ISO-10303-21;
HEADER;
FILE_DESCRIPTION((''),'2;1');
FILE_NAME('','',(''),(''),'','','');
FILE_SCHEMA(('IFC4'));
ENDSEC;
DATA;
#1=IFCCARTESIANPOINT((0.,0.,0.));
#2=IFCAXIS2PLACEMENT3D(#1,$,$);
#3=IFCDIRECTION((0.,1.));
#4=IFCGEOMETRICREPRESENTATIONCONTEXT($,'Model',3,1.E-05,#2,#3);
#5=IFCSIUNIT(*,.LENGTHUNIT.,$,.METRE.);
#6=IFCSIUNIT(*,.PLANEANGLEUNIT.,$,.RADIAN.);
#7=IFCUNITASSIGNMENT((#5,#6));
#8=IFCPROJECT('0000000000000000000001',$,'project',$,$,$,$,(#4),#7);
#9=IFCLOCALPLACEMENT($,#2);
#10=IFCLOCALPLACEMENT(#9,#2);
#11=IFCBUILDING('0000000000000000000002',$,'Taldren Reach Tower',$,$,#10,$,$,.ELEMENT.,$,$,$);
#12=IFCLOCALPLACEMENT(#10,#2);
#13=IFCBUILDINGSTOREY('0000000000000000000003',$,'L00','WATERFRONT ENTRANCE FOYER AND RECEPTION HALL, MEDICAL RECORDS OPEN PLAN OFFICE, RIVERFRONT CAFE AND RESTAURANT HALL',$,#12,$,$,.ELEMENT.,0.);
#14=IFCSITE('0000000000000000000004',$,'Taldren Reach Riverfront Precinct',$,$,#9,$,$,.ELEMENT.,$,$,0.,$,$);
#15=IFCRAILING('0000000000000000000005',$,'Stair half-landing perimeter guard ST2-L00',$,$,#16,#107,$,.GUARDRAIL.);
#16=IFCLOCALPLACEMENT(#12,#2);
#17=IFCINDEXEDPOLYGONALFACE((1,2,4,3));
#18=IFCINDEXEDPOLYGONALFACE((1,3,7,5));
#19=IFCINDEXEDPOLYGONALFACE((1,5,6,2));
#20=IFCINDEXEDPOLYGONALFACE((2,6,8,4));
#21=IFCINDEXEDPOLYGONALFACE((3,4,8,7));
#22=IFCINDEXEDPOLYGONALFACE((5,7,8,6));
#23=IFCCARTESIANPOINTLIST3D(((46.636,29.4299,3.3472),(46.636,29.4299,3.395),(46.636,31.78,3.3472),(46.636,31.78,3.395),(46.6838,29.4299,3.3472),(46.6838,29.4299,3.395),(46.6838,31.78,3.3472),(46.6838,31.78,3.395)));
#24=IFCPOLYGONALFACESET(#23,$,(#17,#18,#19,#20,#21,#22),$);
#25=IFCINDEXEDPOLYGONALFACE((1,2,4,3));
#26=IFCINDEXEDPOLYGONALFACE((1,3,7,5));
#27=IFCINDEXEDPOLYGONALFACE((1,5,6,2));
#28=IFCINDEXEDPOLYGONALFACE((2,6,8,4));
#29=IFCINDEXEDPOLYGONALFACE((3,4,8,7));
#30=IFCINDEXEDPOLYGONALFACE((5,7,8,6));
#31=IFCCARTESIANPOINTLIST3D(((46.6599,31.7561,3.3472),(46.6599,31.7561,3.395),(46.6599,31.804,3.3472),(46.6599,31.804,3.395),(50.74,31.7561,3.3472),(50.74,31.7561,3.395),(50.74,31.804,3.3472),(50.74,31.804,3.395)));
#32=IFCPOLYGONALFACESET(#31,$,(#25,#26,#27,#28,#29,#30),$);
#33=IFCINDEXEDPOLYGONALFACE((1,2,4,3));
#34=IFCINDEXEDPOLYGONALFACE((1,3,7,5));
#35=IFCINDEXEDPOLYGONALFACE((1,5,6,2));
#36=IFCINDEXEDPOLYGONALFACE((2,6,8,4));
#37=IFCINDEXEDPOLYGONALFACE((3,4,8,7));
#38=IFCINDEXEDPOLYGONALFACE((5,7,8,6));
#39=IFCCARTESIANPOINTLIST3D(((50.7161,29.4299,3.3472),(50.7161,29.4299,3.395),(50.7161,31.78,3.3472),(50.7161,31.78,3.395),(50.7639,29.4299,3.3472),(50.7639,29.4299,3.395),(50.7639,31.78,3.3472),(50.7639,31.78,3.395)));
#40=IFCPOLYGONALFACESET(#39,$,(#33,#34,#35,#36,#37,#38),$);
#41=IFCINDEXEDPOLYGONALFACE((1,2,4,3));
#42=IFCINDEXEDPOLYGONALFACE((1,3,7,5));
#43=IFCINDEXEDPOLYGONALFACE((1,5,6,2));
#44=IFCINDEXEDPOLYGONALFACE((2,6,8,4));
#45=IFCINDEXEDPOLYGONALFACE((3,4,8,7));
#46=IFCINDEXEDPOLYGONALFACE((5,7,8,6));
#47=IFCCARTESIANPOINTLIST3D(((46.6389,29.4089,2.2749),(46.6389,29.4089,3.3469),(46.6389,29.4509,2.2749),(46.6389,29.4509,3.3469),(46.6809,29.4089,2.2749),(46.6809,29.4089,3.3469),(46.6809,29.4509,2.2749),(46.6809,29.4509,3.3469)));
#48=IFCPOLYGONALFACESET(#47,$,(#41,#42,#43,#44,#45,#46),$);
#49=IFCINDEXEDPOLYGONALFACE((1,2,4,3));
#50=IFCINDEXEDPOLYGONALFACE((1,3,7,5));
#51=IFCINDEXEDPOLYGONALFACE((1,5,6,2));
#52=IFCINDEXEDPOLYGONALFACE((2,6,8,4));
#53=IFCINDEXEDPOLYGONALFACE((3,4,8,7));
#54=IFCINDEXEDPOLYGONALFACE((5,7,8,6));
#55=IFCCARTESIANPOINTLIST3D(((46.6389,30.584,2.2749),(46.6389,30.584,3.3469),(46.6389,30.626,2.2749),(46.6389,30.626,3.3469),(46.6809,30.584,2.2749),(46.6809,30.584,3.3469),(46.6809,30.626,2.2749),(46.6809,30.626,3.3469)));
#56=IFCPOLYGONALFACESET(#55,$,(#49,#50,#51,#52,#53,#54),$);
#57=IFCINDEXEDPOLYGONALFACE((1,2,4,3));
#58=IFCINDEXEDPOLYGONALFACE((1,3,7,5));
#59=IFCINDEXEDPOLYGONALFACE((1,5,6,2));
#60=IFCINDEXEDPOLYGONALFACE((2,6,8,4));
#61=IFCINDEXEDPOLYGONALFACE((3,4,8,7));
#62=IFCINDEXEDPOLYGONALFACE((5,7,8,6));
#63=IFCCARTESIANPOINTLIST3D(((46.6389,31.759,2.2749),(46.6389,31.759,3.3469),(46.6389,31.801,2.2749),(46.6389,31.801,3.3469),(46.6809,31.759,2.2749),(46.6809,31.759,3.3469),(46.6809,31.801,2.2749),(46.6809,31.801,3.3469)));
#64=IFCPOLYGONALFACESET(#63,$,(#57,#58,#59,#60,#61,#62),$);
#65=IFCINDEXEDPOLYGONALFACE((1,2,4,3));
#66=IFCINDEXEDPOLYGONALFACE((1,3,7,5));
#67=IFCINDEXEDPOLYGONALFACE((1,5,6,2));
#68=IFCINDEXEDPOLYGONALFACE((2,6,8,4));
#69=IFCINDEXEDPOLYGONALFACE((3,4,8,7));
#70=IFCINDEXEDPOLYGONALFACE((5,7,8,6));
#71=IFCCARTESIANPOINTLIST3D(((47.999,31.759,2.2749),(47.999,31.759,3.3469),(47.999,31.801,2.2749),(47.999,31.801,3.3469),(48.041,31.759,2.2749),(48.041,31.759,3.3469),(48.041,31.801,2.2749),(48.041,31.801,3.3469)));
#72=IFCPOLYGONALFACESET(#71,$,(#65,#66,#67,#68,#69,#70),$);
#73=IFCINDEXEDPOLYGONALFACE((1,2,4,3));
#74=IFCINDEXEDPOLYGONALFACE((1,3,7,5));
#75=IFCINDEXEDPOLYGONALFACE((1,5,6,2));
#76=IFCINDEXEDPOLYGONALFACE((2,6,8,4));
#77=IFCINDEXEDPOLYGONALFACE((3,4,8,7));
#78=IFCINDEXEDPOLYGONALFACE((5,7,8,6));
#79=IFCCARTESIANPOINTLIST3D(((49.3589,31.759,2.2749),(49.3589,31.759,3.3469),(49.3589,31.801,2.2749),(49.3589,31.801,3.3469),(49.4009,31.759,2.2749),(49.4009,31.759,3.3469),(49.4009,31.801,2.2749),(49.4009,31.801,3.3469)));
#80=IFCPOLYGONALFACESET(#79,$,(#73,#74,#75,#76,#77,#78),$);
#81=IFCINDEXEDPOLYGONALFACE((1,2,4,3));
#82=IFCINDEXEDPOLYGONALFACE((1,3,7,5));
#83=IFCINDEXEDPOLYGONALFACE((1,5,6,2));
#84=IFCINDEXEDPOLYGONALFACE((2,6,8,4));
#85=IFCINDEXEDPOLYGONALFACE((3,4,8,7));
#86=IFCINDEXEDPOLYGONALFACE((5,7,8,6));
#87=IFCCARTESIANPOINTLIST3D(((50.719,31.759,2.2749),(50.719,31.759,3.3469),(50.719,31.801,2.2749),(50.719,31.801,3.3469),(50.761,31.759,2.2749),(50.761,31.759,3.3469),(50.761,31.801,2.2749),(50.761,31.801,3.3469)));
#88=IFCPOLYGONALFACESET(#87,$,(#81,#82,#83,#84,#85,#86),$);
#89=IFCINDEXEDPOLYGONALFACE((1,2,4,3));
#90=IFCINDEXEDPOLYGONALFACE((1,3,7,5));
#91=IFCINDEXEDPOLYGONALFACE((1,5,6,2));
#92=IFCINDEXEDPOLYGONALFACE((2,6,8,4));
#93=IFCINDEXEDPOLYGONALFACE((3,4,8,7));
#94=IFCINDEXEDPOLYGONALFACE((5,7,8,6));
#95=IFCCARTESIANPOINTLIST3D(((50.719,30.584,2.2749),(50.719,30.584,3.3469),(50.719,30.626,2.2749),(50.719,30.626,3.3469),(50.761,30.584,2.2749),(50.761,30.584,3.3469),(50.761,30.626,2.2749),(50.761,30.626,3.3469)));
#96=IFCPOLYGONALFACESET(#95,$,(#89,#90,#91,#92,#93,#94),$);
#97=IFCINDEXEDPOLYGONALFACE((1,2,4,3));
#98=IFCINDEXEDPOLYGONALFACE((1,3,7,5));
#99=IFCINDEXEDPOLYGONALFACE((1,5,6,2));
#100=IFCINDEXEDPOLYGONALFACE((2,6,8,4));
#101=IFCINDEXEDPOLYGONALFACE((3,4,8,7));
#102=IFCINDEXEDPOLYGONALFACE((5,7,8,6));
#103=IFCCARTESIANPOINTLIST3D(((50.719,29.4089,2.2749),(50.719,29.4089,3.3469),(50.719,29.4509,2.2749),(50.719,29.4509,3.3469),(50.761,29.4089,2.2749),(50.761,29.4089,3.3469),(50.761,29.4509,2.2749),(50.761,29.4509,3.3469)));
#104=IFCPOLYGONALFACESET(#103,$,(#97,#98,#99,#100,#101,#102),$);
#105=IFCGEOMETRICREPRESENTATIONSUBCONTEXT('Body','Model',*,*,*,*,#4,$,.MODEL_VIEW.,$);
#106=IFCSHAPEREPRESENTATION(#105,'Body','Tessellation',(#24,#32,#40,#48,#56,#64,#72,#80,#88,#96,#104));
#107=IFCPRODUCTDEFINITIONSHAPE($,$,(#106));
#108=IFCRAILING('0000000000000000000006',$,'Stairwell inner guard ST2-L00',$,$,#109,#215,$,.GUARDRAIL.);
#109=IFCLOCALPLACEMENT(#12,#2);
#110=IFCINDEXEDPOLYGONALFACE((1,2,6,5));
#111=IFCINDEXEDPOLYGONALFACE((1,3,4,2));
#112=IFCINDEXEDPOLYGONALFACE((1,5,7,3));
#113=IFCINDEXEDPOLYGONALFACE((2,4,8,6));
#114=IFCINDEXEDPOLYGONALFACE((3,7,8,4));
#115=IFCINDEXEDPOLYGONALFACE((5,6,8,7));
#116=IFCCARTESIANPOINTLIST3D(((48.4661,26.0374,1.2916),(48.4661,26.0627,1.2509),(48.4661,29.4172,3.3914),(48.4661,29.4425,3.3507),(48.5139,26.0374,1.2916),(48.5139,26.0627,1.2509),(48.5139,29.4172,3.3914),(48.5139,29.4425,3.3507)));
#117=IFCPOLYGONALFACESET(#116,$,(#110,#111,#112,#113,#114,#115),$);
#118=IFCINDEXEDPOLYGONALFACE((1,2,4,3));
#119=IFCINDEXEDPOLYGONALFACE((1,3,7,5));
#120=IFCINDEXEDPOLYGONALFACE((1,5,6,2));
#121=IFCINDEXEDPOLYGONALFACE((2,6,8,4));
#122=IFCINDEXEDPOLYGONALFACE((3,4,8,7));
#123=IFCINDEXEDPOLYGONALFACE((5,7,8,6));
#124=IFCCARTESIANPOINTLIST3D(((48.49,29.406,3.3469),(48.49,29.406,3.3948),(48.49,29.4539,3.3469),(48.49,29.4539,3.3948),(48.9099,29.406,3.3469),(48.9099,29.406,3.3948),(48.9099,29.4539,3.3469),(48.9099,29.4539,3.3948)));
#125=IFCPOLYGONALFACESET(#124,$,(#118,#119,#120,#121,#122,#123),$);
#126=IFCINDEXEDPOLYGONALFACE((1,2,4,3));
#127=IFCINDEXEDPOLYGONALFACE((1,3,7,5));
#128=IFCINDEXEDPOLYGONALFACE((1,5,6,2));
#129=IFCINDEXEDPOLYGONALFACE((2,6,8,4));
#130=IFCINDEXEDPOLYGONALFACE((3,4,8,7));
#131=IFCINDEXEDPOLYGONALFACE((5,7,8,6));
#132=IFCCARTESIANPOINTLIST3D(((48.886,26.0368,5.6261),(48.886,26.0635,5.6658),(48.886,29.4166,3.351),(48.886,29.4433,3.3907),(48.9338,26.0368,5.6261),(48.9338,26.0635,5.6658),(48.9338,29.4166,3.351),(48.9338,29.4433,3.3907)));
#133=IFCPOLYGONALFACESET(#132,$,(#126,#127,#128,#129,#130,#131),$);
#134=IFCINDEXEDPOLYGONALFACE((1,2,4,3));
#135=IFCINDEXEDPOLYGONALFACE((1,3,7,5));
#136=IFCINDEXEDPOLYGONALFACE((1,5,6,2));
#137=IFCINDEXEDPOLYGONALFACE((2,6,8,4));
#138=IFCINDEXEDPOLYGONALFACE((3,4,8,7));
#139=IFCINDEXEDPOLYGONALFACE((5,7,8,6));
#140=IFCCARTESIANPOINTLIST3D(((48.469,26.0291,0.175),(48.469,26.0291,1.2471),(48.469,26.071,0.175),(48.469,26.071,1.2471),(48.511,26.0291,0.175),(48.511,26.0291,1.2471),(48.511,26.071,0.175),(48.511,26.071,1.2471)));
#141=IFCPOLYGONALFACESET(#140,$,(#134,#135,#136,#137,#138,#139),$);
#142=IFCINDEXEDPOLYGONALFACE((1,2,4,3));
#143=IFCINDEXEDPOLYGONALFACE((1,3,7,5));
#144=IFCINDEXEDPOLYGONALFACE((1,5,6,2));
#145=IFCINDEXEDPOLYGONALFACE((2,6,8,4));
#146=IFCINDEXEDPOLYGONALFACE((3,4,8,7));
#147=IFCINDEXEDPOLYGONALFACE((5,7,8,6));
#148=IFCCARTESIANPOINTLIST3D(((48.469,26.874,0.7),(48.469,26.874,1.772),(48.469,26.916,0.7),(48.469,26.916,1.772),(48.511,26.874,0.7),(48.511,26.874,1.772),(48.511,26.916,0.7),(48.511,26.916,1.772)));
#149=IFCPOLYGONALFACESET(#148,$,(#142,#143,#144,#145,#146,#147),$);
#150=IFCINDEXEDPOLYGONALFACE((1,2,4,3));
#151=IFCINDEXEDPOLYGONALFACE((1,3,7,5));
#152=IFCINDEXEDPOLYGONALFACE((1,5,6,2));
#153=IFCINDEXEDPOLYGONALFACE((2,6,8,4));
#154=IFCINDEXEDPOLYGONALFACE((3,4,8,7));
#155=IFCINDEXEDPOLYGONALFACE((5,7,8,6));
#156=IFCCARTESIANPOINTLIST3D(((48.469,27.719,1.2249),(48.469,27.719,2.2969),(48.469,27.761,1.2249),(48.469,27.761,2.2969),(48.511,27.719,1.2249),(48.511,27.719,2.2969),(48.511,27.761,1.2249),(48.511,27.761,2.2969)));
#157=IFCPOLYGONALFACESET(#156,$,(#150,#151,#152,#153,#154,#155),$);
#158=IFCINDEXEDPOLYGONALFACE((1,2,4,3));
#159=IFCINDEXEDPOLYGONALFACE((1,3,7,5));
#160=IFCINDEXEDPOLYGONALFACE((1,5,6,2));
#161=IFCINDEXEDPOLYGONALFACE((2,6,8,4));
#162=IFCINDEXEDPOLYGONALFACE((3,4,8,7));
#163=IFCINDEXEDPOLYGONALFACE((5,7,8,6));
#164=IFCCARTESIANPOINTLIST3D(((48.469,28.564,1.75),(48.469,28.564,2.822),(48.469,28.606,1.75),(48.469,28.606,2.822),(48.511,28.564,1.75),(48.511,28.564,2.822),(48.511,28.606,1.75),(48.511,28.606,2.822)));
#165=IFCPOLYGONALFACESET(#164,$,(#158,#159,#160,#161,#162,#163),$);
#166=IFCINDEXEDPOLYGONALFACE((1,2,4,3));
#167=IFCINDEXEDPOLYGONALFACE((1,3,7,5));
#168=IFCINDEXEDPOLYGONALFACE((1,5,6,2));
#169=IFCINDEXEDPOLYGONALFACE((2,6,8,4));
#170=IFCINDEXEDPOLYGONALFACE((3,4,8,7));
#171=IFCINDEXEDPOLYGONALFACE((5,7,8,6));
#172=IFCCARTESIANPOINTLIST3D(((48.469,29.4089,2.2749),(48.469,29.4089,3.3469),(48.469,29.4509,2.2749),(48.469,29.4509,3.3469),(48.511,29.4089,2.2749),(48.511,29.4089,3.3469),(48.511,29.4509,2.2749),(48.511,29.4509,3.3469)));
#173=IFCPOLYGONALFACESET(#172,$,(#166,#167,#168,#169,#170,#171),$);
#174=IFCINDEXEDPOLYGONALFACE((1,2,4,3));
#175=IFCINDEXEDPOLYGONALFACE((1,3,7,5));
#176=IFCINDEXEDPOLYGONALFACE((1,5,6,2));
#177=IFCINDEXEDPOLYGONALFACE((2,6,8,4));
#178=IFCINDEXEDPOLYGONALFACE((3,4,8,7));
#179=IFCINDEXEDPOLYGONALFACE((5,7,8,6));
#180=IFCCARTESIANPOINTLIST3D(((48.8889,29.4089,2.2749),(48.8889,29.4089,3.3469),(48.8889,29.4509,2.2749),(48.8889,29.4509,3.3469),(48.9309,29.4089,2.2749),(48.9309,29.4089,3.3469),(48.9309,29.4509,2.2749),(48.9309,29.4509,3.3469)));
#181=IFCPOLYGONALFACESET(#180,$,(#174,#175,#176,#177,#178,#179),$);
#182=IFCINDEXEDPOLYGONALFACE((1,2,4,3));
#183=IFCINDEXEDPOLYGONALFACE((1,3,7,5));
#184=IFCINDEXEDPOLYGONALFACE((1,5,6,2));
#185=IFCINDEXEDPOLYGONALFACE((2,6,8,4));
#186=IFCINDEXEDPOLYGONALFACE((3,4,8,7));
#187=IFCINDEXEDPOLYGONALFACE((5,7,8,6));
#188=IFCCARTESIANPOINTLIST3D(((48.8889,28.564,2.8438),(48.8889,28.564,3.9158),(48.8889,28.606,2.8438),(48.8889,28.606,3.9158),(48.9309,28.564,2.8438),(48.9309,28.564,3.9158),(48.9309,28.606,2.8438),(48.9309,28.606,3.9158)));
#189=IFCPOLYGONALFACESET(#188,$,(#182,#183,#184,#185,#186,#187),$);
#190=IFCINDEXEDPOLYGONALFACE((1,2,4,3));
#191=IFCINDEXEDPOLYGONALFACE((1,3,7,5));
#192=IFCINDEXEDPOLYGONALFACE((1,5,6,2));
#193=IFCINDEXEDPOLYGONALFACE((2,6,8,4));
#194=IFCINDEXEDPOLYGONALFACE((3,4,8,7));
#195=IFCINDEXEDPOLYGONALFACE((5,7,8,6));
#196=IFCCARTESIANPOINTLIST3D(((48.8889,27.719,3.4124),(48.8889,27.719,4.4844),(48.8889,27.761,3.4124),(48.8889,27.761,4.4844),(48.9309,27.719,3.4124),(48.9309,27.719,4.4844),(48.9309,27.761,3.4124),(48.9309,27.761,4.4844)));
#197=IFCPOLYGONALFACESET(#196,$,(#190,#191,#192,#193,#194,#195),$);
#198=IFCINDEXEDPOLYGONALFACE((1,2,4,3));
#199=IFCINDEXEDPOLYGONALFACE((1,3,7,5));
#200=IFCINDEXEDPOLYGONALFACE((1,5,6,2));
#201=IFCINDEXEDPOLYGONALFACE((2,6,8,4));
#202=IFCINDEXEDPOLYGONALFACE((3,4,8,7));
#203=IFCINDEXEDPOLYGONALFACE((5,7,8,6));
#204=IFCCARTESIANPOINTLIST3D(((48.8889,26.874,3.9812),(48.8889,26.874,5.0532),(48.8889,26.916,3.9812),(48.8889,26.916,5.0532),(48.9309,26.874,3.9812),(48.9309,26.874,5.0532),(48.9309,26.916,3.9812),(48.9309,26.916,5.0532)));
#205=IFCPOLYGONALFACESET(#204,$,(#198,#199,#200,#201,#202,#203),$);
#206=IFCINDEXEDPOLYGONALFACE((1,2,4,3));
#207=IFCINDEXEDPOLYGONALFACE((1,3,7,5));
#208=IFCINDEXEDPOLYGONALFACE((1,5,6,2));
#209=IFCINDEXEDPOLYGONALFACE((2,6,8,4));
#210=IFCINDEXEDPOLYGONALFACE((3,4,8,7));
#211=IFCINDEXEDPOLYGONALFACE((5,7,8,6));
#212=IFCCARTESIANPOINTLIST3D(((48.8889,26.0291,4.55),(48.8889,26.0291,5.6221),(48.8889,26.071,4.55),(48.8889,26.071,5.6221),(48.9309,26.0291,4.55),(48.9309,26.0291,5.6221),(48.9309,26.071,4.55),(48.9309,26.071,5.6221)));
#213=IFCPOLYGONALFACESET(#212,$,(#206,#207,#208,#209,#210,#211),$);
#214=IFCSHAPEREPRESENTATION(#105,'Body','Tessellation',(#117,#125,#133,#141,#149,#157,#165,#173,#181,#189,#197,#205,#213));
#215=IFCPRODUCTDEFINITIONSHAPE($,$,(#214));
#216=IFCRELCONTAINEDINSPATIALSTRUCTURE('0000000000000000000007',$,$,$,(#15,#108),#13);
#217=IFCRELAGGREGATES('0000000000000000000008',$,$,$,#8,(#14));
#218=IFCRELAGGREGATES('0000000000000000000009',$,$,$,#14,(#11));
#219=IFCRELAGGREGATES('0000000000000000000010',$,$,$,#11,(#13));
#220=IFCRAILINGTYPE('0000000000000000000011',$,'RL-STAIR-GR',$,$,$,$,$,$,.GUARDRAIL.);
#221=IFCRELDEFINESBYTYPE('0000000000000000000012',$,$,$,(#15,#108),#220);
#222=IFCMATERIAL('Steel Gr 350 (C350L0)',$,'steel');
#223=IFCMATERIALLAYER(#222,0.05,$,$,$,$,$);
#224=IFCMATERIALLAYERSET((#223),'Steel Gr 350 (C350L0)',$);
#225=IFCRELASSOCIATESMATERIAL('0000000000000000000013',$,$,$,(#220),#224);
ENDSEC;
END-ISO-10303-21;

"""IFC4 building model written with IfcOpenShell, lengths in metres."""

from ifc_helpers import new_model, si_unit, direction, frame, origin, origin_2d, place, context, subcontext, project, spatial, rectangle, extrude, material, layer, layer_set, type_object, element, save


model = new_model("IFC4")

# Units and contexts
model_context = context("Model", 3, precision=1e-05, world=origin(), true_north=direction((0.0, 1.0)))
body_context = subcontext(model_context, "Body", "Model", "MODEL_VIEW")
ifc_project = project(units=[si_unit("LENGTHUNIT", "METRE"), si_unit("PLANEANGLEUNIT", "RADIAN")], contexts=[model_context])

# Site, building, storey
site_placement = place(None, origin())
site = spatial("IfcSite", under=ifc_project, at=site_placement, Name="Taldren Reach Riverfront Precinct", CompositionType="ELEMENT", RefElevation=0.0)
building_placement = place(site_placement, origin())
building = spatial("IfcBuilding", under=site, at=building_placement, Name="Taldren Reach Tower", CompositionType="ELEMENT")
storey_placement = place(building_placement, origin())
storey = spatial("IfcBuildingStorey", under=building, at=storey_placement, Name="L00", Description="WATERFRONT ENTRANCE FOYER AND RECEPTION HALL, MEDICAL RECORDS OPEN PLAN OFFICE, RIVERFRONT CAFE AND RESTAURANT HALL", CompositionType="ELEMENT", Elevation=0.0)

# Shared definitions
ifc_material_1 = material(Name="Steel Gr 350 (C350L0)", Category="steel")

# Railings
ifc_layer_1 = layer(ifc_material_1, 0.05)
ifc_layer_set_1 = layer_set([ifc_layer_1], Name="Steel Gr 350 (C350L0)")
railing_type_1 = type_object("IfcRailingType", Name="RL-STAIR-GR", PredefinedType="GUARDRAIL", material=ifc_layer_set_1)
railing_1_placement = place(storey_placement, frame((46.6599, 29.4299, 2.2749)))
element("IfcRailing", 1, at=railing_1_placement, inside=storey, type_object=railing_type_1, Name="Stair half-landing perimeter guard ST2-L00", PredefinedType="GUARDRAIL", context=body_context, shape_type="SweptSolid", body=[
    extrude(rectangle(XDim=0.0479, YDim=0.0479, at=origin_2d()), frame((0.0, 0.0, 1.0962), z_axis=(0.0, 1.0, 0.0), x_axis=(-1.0, 0.0, 0.0)), (0.0, 0.0, 1.0), 2.3501),
    extrude(rectangle(XDim=0.0479, YDim=0.0479, at=origin_2d()), frame((0.0, 2.3501, 1.0962), z_axis=(1.0, 0.0, 0.0), x_axis=(0.0, 1.0, 0.0)), (0.0, 0.0, 1.0), 4.0801),
    extrude(rectangle(XDim=0.0479, YDim=0.0479, at=origin_2d()), frame((4.0801, 2.3501, 1.0962), z_axis=(0.0, -1.0, 0.0), x_axis=(1.0, 0.0, 0.0)), (0.0, 0.0, 1.0), 2.3501),
    extrude(rectangle(XDim=0.042, YDim=0.042, at=origin_2d()), origin(), (0.0, 0.0, 1.0), 1.072),
    extrude(rectangle(XDim=0.042, YDim=0.042, at=origin_2d()), frame((0.0, 1.175, 0.0)), (0.0, 0.0, 1.0), 1.072),
    extrude(rectangle(XDim=0.042, YDim=0.042, at=origin_2d()), frame((0.0, 2.3501, 0.0)), (0.0, 0.0, 1.0), 1.072),
    extrude(rectangle(XDim=0.042, YDim=0.042, at=origin_2d()), frame((1.3601, 2.3501, 0.0)), (0.0, 0.0, 1.0), 1.072),
    extrude(rectangle(XDim=0.042, YDim=0.042, at=origin_2d()), frame((2.72, 2.3501, 0.0)), (0.0, 0.0, 1.0), 1.072),
    extrude(rectangle(XDim=0.042, YDim=0.042, at=origin_2d()), frame((4.0801, 2.3501, 0.0)), (0.0, 0.0, 1.0), 1.072),
    extrude(rectangle(XDim=0.042, YDim=0.042, at=origin_2d()), frame((4.0801, 1.175, 0.0)), (0.0, 0.0, 1.0), 1.072),
    extrude(rectangle(XDim=0.042, YDim=0.042, at=origin_2d()), frame((4.0801, 0.0, 0.0)), (0.0, 0.0, 1.0), 1.072),
])
railing_2_placement = place(storey_placement, frame((48.49, 26.05, 0.175)))
element("IfcRailing", 2, at=railing_2_placement, inside=storey, type_object=railing_type_1, Name="Stairwell inner guard ST2-L00", PredefinedType="GUARDRAIL", context=body_context, shape_type="SweptSolid", body=[
    extrude(rectangle(XDim=0.0479, YDim=0.0479, at=origin_2d()), frame((0.0, 0.0, 1.0962), z_axis=(0.0, 0.849415, 0.527725), x_axis=(-1.0, 0.0, 0.0)), (0.0, 0.0, 1.0), 3.979),
    extrude(rectangle(XDim=0.0479, YDim=0.0479, at=origin_2d()), frame((0.0, 3.3799, 3.1958), z_axis=(1.0, 0.0, 0.0), x_axis=(0.0, 1.0, 0.0)), (0.0, 0.0, 1.0), 0.4199),
    extrude(rectangle(XDim=0.0479, YDim=0.0479, at=origin_2d()), frame((0.4199, 3.3799, 3.1958), z_axis=(0.0, -0.829562, 0.558414), x_axis=(1.0, 0.0, 0.0)), (0.0, 0.0, 1.0), 4.0742),
    extrude(rectangle(XDim=0.042, YDim=0.042, at=origin_2d()), origin(), (0.0, 0.0, 1.0), 1.072),
    extrude(rectangle(XDim=0.042, YDim=0.042, at=origin_2d()), frame((0.0, 0.845, 0.5249)), (0.0, 0.0, 1.0), 1.072),
    extrude(rectangle(XDim=0.042, YDim=0.042, at=origin_2d()), frame((0.0, 1.6899, 1.0498)), (0.0, 0.0, 1.0), 1.072),
    extrude(rectangle(XDim=0.042, YDim=0.042, at=origin_2d()), frame((0.0, 2.5349, 1.575)), (0.0, 0.0, 1.0), 1.072),
    extrude(rectangle(XDim=0.042, YDim=0.042, at=origin_2d()), frame((0.0, 3.3799, 2.0999)), (0.0, 0.0, 1.0), 1.072),
    extrude(rectangle(XDim=0.042, YDim=0.042, at=origin_2d()), frame((0.4199, 3.3799, 2.0999)), (0.0, 0.0, 1.0), 1.072),
    extrude(rectangle(XDim=0.042, YDim=0.042, at=origin_2d()), frame((0.4199, 2.5349, 2.6687)), (0.0, 0.0, 1.0), 1.072),
    extrude(rectangle(XDim=0.042, YDim=0.042, at=origin_2d()), frame((0.4199, 1.6899, 3.2373)), (0.0, 0.0, 1.0), 1.072),
    extrude(rectangle(XDim=0.042, YDim=0.042, at=origin_2d()), frame((0.4199, 0.845, 3.8062)), (0.0, 0.0, 1.0), 1.072),
    extrude(rectangle(XDim=0.042, YDim=0.042, at=origin_2d()), frame((0.4199, 0.0, 4.375)), (0.0, 0.0, 1.0), 1.072),
])

save(model, "model.ifc")
